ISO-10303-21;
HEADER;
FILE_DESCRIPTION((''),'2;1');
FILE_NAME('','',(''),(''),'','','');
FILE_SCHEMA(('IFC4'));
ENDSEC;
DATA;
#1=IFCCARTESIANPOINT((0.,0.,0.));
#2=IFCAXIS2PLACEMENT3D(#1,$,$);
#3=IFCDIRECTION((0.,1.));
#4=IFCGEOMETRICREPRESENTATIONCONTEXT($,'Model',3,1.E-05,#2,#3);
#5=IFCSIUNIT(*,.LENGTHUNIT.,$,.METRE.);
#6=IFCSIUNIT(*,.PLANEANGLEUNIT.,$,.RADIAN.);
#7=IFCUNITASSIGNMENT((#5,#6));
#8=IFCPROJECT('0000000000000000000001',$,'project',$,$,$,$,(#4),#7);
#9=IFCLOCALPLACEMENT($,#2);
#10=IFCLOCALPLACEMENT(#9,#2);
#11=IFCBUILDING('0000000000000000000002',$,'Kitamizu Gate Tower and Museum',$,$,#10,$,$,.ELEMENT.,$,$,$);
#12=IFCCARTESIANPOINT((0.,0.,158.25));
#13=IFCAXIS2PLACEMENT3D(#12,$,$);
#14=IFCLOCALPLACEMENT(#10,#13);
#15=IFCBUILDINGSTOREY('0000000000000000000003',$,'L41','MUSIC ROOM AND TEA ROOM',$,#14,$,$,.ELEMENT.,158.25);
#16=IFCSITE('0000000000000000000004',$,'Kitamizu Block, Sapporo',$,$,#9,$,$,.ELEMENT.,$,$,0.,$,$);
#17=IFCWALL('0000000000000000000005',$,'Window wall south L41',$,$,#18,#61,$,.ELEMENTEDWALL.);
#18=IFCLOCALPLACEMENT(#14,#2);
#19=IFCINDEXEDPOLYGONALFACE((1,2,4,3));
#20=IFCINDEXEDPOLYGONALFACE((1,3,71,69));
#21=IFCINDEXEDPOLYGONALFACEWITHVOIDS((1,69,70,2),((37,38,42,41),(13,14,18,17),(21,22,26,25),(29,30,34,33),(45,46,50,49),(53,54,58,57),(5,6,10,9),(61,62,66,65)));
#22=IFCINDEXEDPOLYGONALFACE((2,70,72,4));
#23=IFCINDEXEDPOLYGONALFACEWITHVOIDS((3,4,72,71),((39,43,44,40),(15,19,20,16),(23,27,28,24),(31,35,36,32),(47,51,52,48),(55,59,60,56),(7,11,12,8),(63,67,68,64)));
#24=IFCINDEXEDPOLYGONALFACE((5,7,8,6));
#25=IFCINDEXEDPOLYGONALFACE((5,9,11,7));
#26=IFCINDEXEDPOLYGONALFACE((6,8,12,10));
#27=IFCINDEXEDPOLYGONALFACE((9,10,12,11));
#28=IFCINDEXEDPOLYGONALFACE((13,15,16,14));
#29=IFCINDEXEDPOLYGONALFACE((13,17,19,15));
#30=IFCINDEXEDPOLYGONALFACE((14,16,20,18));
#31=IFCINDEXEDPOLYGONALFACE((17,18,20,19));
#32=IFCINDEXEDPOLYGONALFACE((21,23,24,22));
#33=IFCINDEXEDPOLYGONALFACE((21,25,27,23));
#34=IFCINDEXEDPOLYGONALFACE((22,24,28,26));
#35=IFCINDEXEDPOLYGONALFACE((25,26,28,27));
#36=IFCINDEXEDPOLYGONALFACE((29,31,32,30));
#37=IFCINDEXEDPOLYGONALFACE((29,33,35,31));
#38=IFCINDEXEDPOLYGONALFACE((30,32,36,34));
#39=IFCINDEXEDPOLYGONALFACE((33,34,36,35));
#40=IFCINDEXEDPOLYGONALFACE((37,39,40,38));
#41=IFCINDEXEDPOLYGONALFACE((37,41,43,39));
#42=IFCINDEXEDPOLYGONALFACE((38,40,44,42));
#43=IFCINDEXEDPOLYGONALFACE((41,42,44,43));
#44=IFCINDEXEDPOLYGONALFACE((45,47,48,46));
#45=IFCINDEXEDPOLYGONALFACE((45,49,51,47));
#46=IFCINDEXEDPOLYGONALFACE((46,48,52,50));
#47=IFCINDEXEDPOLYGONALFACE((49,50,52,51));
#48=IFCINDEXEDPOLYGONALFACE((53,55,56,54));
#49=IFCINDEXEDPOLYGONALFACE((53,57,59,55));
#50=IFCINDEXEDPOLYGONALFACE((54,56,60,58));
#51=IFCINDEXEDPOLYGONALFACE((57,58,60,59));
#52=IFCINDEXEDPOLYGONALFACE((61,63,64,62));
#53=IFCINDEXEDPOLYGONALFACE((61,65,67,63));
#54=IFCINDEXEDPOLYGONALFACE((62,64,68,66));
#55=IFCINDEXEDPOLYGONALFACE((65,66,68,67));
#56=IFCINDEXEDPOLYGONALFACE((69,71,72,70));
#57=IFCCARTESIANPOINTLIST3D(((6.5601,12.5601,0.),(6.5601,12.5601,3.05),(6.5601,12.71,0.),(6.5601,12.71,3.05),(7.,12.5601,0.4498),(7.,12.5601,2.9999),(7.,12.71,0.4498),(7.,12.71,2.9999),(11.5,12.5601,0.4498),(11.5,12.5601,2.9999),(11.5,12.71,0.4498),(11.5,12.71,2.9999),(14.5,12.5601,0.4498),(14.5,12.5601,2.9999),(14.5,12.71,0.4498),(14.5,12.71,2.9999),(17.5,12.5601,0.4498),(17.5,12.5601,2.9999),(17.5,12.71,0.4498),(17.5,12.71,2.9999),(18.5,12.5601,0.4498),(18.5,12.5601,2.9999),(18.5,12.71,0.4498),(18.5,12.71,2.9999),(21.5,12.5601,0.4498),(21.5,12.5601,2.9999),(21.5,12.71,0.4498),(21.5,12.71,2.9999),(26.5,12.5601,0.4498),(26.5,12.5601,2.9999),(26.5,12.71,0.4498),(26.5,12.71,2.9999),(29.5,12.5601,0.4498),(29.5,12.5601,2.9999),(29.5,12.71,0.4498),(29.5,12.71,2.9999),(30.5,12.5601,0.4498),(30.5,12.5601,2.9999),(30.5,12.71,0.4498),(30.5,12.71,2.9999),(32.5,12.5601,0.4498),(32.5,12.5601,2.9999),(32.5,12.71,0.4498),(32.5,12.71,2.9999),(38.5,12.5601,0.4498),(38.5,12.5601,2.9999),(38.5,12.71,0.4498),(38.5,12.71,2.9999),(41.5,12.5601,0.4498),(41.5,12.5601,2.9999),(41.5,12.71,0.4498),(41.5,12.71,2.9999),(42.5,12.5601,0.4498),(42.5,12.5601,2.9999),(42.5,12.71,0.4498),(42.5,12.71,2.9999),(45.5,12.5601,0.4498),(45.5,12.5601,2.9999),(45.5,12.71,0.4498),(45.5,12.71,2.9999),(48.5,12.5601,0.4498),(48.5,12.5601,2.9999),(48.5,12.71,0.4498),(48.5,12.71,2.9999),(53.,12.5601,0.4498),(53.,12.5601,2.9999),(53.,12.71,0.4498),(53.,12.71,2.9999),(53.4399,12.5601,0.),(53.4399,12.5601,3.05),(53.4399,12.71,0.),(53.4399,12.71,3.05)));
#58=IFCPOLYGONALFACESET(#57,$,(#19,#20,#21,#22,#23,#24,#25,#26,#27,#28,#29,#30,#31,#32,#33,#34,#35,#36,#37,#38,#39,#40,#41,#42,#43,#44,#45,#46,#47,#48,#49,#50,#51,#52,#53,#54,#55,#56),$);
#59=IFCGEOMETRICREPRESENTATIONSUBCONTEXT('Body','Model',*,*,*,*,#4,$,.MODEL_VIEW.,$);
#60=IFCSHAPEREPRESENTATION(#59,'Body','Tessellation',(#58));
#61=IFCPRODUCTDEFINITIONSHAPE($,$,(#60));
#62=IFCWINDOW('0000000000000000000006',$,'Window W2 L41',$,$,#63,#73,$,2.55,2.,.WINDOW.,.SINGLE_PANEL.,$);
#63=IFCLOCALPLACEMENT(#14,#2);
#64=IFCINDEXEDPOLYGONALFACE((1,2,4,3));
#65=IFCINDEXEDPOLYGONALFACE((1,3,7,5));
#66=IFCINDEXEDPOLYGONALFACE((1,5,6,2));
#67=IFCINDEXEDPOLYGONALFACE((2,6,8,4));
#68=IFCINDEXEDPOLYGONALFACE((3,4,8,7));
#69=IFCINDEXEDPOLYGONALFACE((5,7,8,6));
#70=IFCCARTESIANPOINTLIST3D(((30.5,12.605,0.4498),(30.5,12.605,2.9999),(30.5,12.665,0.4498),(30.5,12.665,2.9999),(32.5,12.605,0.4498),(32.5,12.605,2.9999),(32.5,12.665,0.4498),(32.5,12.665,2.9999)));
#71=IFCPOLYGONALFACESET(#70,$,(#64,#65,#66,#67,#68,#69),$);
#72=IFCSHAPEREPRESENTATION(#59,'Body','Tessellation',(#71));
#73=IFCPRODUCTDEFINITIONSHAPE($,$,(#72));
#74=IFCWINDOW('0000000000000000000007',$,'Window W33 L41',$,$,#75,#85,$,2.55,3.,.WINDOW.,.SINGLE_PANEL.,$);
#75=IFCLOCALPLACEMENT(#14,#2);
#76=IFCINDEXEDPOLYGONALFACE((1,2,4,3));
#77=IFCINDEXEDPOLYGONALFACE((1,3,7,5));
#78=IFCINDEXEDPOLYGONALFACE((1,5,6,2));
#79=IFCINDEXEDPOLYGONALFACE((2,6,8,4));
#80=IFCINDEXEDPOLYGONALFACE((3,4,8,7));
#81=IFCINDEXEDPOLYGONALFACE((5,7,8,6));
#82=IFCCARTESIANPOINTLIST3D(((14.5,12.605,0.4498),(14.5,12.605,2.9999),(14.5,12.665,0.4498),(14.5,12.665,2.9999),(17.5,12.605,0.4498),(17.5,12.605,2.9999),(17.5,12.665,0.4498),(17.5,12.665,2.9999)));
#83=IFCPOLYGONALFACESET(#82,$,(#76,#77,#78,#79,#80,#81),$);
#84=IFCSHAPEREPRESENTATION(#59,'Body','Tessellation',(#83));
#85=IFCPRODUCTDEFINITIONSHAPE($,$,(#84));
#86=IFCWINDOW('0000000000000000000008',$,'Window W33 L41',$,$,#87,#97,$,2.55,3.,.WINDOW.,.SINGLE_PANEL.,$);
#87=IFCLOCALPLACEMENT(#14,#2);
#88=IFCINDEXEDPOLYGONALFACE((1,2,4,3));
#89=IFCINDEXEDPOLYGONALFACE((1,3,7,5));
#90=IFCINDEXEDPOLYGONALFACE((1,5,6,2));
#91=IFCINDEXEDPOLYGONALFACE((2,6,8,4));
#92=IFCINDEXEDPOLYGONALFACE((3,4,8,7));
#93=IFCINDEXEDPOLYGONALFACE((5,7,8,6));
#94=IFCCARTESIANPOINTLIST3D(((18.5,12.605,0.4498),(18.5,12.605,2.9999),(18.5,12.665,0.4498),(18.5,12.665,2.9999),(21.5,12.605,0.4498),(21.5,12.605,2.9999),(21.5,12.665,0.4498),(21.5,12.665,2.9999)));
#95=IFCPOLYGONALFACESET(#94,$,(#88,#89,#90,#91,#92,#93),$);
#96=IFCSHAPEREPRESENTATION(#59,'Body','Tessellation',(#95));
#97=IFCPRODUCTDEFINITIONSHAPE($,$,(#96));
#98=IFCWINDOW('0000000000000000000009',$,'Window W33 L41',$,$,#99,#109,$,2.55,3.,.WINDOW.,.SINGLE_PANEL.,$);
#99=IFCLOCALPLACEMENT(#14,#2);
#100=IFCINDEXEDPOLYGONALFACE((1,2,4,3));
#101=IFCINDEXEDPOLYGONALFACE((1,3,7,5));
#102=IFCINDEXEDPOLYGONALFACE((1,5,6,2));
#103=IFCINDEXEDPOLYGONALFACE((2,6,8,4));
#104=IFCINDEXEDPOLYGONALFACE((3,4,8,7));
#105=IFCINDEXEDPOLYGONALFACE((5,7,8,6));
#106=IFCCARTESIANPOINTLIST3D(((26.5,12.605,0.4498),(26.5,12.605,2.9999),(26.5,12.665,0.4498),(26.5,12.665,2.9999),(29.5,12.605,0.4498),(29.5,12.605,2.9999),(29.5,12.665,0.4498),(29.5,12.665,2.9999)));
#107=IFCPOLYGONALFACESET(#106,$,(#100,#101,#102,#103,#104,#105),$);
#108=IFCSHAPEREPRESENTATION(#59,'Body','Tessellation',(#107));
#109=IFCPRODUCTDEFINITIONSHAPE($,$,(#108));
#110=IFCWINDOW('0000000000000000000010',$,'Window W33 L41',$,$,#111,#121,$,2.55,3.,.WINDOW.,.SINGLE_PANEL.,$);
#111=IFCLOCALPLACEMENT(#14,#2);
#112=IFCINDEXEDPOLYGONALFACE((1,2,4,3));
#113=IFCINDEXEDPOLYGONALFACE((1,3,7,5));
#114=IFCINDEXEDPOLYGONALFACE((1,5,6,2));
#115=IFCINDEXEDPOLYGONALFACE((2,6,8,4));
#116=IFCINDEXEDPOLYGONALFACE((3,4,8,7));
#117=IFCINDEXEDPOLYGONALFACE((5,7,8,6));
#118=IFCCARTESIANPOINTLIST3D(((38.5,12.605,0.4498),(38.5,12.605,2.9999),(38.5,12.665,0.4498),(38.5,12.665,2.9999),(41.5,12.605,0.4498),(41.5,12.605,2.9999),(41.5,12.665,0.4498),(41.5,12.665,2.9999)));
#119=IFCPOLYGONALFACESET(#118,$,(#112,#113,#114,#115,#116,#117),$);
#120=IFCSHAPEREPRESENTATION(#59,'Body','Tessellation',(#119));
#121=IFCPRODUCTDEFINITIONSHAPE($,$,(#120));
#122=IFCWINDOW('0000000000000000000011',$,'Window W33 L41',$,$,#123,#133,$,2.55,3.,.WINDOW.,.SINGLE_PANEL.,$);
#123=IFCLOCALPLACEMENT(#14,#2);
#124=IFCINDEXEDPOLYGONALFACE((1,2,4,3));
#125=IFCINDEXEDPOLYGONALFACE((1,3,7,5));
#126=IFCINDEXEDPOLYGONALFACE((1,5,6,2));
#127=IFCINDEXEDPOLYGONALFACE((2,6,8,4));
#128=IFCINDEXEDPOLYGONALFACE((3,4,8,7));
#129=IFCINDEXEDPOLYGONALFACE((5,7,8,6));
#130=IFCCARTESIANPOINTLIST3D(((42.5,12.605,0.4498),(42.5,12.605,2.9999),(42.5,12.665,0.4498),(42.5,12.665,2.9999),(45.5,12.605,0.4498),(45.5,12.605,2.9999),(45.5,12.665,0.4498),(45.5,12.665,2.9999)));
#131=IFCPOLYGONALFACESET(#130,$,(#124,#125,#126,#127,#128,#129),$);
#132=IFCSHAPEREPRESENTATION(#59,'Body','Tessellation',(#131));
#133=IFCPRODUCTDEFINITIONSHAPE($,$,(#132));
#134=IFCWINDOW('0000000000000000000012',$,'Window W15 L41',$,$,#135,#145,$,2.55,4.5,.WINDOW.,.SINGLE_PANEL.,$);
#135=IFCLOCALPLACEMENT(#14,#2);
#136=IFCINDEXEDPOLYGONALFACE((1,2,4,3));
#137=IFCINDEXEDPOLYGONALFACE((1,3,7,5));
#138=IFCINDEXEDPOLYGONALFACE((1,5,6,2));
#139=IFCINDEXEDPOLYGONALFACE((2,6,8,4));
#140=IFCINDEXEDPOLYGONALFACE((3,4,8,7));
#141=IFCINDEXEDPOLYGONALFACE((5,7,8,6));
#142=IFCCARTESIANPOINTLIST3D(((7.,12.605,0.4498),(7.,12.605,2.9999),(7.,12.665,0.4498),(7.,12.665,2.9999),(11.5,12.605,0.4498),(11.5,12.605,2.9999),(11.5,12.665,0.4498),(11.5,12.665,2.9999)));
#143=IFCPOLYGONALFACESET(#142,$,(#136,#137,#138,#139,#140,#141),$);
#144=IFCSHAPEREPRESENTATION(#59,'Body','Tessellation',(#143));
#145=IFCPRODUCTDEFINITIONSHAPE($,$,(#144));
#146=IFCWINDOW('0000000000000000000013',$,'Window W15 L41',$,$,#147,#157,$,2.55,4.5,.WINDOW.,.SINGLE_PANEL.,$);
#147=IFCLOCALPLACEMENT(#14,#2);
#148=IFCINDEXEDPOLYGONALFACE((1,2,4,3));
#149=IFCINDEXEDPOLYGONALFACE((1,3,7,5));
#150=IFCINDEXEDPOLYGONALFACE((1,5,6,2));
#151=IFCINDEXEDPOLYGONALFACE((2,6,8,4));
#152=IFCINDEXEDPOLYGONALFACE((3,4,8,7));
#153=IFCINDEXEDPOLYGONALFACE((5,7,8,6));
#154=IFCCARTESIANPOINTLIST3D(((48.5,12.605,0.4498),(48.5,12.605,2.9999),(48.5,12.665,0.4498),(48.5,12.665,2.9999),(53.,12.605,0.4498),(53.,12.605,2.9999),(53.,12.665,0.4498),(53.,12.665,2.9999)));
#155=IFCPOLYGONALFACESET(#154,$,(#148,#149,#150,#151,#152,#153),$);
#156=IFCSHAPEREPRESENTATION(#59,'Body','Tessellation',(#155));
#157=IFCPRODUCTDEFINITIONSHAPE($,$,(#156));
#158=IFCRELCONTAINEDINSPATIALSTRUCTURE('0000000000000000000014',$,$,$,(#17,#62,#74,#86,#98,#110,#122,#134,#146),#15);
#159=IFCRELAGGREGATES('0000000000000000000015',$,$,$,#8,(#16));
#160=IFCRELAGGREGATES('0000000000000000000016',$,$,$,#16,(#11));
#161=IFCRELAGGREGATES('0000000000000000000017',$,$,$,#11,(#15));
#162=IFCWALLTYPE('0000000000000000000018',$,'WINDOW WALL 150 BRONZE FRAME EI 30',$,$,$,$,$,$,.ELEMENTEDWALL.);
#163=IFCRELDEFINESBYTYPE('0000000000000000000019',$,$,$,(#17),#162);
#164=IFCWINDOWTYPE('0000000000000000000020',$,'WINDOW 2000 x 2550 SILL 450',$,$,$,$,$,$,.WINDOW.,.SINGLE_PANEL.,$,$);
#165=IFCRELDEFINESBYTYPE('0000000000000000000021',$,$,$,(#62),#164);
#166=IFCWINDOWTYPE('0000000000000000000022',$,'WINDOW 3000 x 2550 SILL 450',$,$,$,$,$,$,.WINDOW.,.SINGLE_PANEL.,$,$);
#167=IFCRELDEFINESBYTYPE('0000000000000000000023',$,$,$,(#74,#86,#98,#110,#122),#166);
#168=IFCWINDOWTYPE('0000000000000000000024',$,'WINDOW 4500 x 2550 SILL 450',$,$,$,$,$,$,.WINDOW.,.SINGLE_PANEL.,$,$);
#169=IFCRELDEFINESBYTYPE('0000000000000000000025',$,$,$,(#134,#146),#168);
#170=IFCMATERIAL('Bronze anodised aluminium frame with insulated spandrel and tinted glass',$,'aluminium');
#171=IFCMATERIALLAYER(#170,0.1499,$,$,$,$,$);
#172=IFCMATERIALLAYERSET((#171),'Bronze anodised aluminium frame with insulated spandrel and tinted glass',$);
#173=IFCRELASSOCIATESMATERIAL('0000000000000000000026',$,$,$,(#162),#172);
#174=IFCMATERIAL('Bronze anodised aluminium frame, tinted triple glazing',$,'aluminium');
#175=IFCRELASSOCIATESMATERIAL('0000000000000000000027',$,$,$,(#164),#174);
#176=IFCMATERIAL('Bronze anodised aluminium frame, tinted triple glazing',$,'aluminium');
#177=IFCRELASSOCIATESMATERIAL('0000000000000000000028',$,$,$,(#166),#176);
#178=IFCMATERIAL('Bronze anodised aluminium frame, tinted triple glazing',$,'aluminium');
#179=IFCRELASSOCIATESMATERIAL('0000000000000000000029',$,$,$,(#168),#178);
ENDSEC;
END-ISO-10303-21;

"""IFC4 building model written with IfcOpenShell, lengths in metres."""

from ifc_helpers import new_model, si_unit, direction, frame, frame_2d, origin, place, context, subcontext, project, spatial, rectangle, extrude, material, layer, layer_set, type_object, element, fill, save


model = new_model("IFC4")

# Units and contexts
model_context = context("Model", 3, precision=1e-05, world=origin(), true_north=direction((0.0, 1.0)))
body_context = subcontext(model_context, "Body", "Model", "MODEL_VIEW")
ifc_project = project(units=[si_unit("LENGTHUNIT", "METRE"), si_unit("PLANEANGLEUNIT", "RADIAN")], contexts=[model_context])

# Site, building, storey
site_placement = place(None, origin())
site = spatial("IfcSite", under=ifc_project, at=site_placement, Name="Kitamizu Block, Sapporo", CompositionType="ELEMENT", RefElevation=0.0)
building_placement = place(site_placement, origin())
building = spatial("IfcBuilding", under=site, at=building_placement, Name="Kitamizu Gate Tower and Museum", CompositionType="ELEMENT")
storey_placement = place(building_placement, frame((0.0, 0.0, 158.25)))
storey = spatial("IfcBuildingStorey", under=building, at=storey_placement, Name="L41", Description="MUSIC ROOM AND TEA ROOM", CompositionType="ELEMENT", Elevation=158.25)

# Wall, openings, windows
ifc_material_1 = material(Name="Bronze anodised aluminium frame with insulated spandrel and tinted glass", Category="aluminium")
ifc_layer_1 = layer(ifc_material_1, 0.1499)
ifc_layer_set_1 = layer_set([ifc_layer_1], Name="Bronze anodised aluminium frame with insulated spandrel and tinted glass")
wall_type_1 = type_object("IfcWallType", Name="WINDOW WALL 150 BRONZE FRAME EI 30", PredefinedType="ELEMENTEDWALL", material=ifc_layer_set_1)
wall_1_placement = place(storey_placement, frame((6.5601, 12.635, 0.0), z_axis=(0.0, 0.0, 1.0), x_axis=(1.0, 0.0, 0.0)))
wall_1 = element("IfcWall", 1, at=wall_1_placement, inside=storey, type_object=wall_type_1, Name="Window wall south L41", PredefinedType="ELEMENTEDWALL", context=body_context, shape_type="SweptSolid", body=[
    extrude(rectangle(XDim=46.8799, YDim=0.1499, at=frame_2d((23.4399, 0.0))), origin(), (0.0, 0.0, 1.0), 3.05),
])
opening_1_placement = place(wall_1_placement, frame((0.4399, 0.0, 0.45)))
opening_1 = element("IfcOpeningElement", 2, at=opening_1_placement, cuts=wall_1, PredefinedType="OPENING", context=body_context, shape_type="SweptSolid", body=[
    extrude(rectangle(XDim=4.5, YDim=2.55, at=frame_2d((2.25, 1.2749))), frame((0.0, 0.085, 0.0), z_axis=(0.0, -1.0, 0.0), x_axis=(1.0, 0.0, 0.0)), (0.0, 0.0, 1.0), 0.1699),
])
opening_2_placement = place(wall_1_placement, frame((7.9399, 0.0, 0.45)))
opening_2 = element("IfcOpeningElement", 3, at=opening_2_placement, cuts=wall_1, PredefinedType="OPENING", context=body_context, shape_type="SweptSolid", body=[
    extrude(rectangle(XDim=3.0, YDim=2.55, at=frame_2d((1.5, 1.2749))), frame((0.0, 0.085, 0.0), z_axis=(0.0, -1.0, 0.0), x_axis=(1.0, 0.0, 0.0)), (0.0, 0.0, 1.0), 0.1699),
])
opening_3_placement = place(wall_1_placement, frame((11.9399, 0.0, 0.45)))
opening_3 = element("IfcOpeningElement", 4, at=opening_3_placement, cuts=wall_1, PredefinedType="OPENING", context=body_context, shape_type="SweptSolid", body=[
    extrude(rectangle(XDim=3.0, YDim=2.55, at=frame_2d((1.5, 1.2749))), frame((0.0, 0.085, 0.0), z_axis=(0.0, -1.0, 0.0), x_axis=(1.0, 0.0, 0.0)), (0.0, 0.0, 1.0), 0.1699),
])
opening_4_placement = place(wall_1_placement, frame((19.9399, 0.0, 0.45)))
opening_4 = element("IfcOpeningElement", 5, at=opening_4_placement, cuts=wall_1, PredefinedType="OPENING", context=body_context, shape_type="SweptSolid", body=[
    extrude(rectangle(XDim=3.0, YDim=2.55, at=frame_2d((1.5, 1.2749))), frame((0.0, 0.085, 0.0), z_axis=(0.0, -1.0, 0.0), x_axis=(1.0, 0.0, 0.0)), (0.0, 0.0, 1.0), 0.1699),
])
opening_5_placement = place(wall_1_placement, frame((23.9399, 0.0, 0.45)))
opening_5 = element("IfcOpeningElement", 6, at=opening_5_placement, cuts=wall_1, PredefinedType="OPENING", context=body_context, shape_type="SweptSolid", body=[
    extrude(rectangle(XDim=2.0, YDim=2.55, at=frame_2d((1.0, 1.2749))), frame((0.0, 0.085, 0.0), z_axis=(0.0, -1.0, 0.0), x_axis=(1.0, 0.0, 0.0)), (0.0, 0.0, 1.0), 0.1699),
])
opening_6_placement = place(wall_1_placement, frame((31.9399, 0.0, 0.45)))
opening_6 = element("IfcOpeningElement", 7, at=opening_6_placement, cuts=wall_1, PredefinedType="OPENING", context=body_context, shape_type="SweptSolid", body=[
    extrude(rectangle(XDim=3.0, YDim=2.55, at=frame_2d((1.5, 1.2749))), frame((0.0, 0.085, 0.0), z_axis=(0.0, -1.0, 0.0), x_axis=(1.0, 0.0, 0.0)), (0.0, 0.0, 1.0), 0.1699),
])
opening_7_placement = place(wall_1_placement, frame((35.9399, 0.0, 0.45)))
opening_7 = element("IfcOpeningElement", 8, at=opening_7_placement, cuts=wall_1, PredefinedType="OPENING", context=body_context, shape_type="SweptSolid", body=[
    extrude(rectangle(XDim=3.0, YDim=2.55, at=frame_2d((1.5, 1.2749))), frame((0.0, 0.085, 0.0), z_axis=(0.0, -1.0, 0.0), x_axis=(1.0, 0.0, 0.0)), (0.0, 0.0, 1.0), 0.1699),
])
opening_8_placement = place(wall_1_placement, frame((41.9399, 0.0, 0.45)))
opening_8 = element("IfcOpeningElement", 9, at=opening_8_placement, cuts=wall_1, PredefinedType="OPENING", context=body_context, shape_type="SweptSolid", body=[
    extrude(rectangle(XDim=4.5, YDim=2.55, at=frame_2d((2.25, 1.2749))), frame((0.0, 0.085, 0.0), z_axis=(0.0, -1.0, 0.0), x_axis=(1.0, 0.0, 0.0)), (0.0, 0.0, 1.0), 0.1699),
])
ifc_material_2 = material(Name="Bronze anodised aluminium frame, tinted triple glazing", Category="aluminium")
window_type_1 = type_object("IfcWindowType", Name="WINDOW 2000 x 2550 SILL 450", PartitioningType="SINGLE_PANEL", PredefinedType="WINDOW", material=ifc_material_2)
window_1_placement = place(opening_5_placement, origin())
window_1 = element("IfcWindow", 10, at=window_1_placement, inside=storey, type_object=window_type_1, Name="Window W2 L41", OverallHeight=2.55, OverallWidth=2.0, PartitioningType="SINGLE_PANEL", PredefinedType="WINDOW", context=body_context, shape_type="SweptSolid", body=[
    extrude(rectangle(XDim=2.0, YDim=2.55, at=frame_2d((1.0, 1.2749))), frame((0.0, 0.03, 0.0), z_axis=(0.0, -1.0, 0.0), x_axis=(1.0, 0.0, 0.0)), (0.0, 0.0, 1.0), 0.0601),
])
fill(opening_5, window_1)
ifc_material_3 = material(Name="Bronze anodised aluminium frame, tinted triple glazing", Category="aluminium")
window_type_2 = type_object("IfcWindowType", Name="WINDOW 3000 x 2550 SILL 450", PartitioningType="SINGLE_PANEL", PredefinedType="WINDOW", material=ifc_material_3)
window_2_placement = place(opening_2_placement, origin())
window_2 = element("IfcWindow", 11, at=window_2_placement, inside=storey, type_object=window_type_2, Name="Window W33 L41", OverallHeight=2.55, OverallWidth=3.0, PartitioningType="SINGLE_PANEL", PredefinedType="WINDOW", context=body_context, shape_type="SweptSolid", body=[
    extrude(rectangle(XDim=3.0, YDim=2.55, at=frame_2d((1.5, 1.2749))), frame((0.0, 0.03, 0.0), z_axis=(0.0, -1.0, 0.0), x_axis=(1.0, 0.0, 0.0)), (0.0, 0.0, 1.0), 0.0601),
])
fill(opening_2, window_2)
window_3_placement = place(opening_3_placement, origin())
window_3 = element("IfcWindow", 12, at=window_3_placement, inside=storey, type_object=window_type_2, Name="Window W33 L41", OverallHeight=2.55, OverallWidth=3.0, PartitioningType="SINGLE_PANEL", PredefinedType="WINDOW", context=body_context, shape_type="SweptSolid", body=[
    extrude(rectangle(XDim=3.0, YDim=2.55, at=frame_2d((1.5, 1.2749))), frame((0.0, 0.03, 0.0), z_axis=(0.0, -1.0, 0.0), x_axis=(1.0, 0.0, 0.0)), (0.0, 0.0, 1.0), 0.0601),
])
fill(opening_3, window_3)
window_4_placement = place(opening_4_placement, origin())
window_4 = element("IfcWindow", 13, at=window_4_placement, inside=storey, type_object=window_type_2, Name="Window W33 L41", OverallHeight=2.55, OverallWidth=3.0, PartitioningType="SINGLE_PANEL", PredefinedType="WINDOW", context=body_context, shape_type="SweptSolid", body=[
    extrude(rectangle(XDim=3.0, YDim=2.55, at=frame_2d((1.5, 1.2749))), frame((0.0, 0.03, 0.0), z_axis=(0.0, -1.0, 0.0), x_axis=(1.0, 0.0, 0.0)), (0.0, 0.0, 1.0), 0.0601),
])
fill(opening_4, window_4)
window_5_placement = place(opening_6_placement, origin())
window_5 = element("IfcWindow", 14, at=window_5_placement, inside=storey, type_object=window_type_2, Name="Window W33 L41", OverallHeight=2.55, OverallWidth=3.0, PartitioningType="SINGLE_PANEL", PredefinedType="WINDOW", context=body_context, shape_type="SweptSolid", body=[
    extrude(rectangle(XDim=3.0, YDim=2.55, at=frame_2d((1.5, 1.2749))), frame((0.0, 0.03, 0.0), z_axis=(0.0, -1.0, 0.0), x_axis=(1.0, 0.0, 0.0)), (0.0, 0.0, 1.0), 0.0601),
])
fill(opening_6, window_5)
window_6_placement = place(opening_7_placement, origin())
window_6 = element("IfcWindow", 15, at=window_6_placement, inside=storey, type_object=window_type_2, Name="Window W33 L41", OverallHeight=2.55, OverallWidth=3.0, PartitioningType="SINGLE_PANEL", PredefinedType="WINDOW", context=body_context, shape_type="SweptSolid", body=[
    extrude(rectangle(XDim=3.0, YDim=2.55, at=frame_2d((1.5, 1.2749))), frame((0.0, 0.03, 0.0), z_axis=(0.0, -1.0, 0.0), x_axis=(1.0, 0.0, 0.0)), (0.0, 0.0, 1.0), 0.0601),
])
fill(opening_7, window_6)
ifc_material_4 = material(Name="Bronze anodised aluminium frame, tinted triple glazing", Category="aluminium")
window_type_3 = type_object("IfcWindowType", Name="WINDOW 4500 x 2550 SILL 450", PartitioningType="SINGLE_PANEL", PredefinedType="WINDOW", material=ifc_material_4)
window_7_placement = place(opening_1_placement, origin())
window_7 = element("IfcWindow", 16, at=window_7_placement, inside=storey, type_object=window_type_3, Name="Window W15 L41", OverallHeight=2.55, OverallWidth=4.5, PartitioningType="SINGLE_PANEL", PredefinedType="WINDOW", context=body_context, shape_type="SweptSolid", body=[
    extrude(rectangle(XDim=4.5, YDim=2.55, at=frame_2d((2.25, 1.2749))), frame((0.0, 0.03, 0.0), z_axis=(0.0, -1.0, 0.0), x_axis=(1.0, 0.0, 0.0)), (0.0, 0.0, 1.0), 0.0601),
])
fill(opening_1, window_7)
window_8_placement = place(opening_8_placement, origin())
window_8 = element("IfcWindow", 17, at=window_8_placement, inside=storey, type_object=window_type_3, Name="Window W15 L41", OverallHeight=2.55, OverallWidth=4.5, PartitioningType="SINGLE_PANEL", PredefinedType="WINDOW", context=body_context, shape_type="SweptSolid", body=[
    extrude(rectangle(XDim=4.5, YDim=2.55, at=frame_2d((2.25, 1.2749))), frame((0.0, 0.03, 0.0), z_axis=(0.0, -1.0, 0.0), x_axis=(1.0, 0.0, 0.0)), (0.0, 0.0, 1.0), 0.0601),
])
fill(opening_8, window_8)

save(model, "model.ifc")
